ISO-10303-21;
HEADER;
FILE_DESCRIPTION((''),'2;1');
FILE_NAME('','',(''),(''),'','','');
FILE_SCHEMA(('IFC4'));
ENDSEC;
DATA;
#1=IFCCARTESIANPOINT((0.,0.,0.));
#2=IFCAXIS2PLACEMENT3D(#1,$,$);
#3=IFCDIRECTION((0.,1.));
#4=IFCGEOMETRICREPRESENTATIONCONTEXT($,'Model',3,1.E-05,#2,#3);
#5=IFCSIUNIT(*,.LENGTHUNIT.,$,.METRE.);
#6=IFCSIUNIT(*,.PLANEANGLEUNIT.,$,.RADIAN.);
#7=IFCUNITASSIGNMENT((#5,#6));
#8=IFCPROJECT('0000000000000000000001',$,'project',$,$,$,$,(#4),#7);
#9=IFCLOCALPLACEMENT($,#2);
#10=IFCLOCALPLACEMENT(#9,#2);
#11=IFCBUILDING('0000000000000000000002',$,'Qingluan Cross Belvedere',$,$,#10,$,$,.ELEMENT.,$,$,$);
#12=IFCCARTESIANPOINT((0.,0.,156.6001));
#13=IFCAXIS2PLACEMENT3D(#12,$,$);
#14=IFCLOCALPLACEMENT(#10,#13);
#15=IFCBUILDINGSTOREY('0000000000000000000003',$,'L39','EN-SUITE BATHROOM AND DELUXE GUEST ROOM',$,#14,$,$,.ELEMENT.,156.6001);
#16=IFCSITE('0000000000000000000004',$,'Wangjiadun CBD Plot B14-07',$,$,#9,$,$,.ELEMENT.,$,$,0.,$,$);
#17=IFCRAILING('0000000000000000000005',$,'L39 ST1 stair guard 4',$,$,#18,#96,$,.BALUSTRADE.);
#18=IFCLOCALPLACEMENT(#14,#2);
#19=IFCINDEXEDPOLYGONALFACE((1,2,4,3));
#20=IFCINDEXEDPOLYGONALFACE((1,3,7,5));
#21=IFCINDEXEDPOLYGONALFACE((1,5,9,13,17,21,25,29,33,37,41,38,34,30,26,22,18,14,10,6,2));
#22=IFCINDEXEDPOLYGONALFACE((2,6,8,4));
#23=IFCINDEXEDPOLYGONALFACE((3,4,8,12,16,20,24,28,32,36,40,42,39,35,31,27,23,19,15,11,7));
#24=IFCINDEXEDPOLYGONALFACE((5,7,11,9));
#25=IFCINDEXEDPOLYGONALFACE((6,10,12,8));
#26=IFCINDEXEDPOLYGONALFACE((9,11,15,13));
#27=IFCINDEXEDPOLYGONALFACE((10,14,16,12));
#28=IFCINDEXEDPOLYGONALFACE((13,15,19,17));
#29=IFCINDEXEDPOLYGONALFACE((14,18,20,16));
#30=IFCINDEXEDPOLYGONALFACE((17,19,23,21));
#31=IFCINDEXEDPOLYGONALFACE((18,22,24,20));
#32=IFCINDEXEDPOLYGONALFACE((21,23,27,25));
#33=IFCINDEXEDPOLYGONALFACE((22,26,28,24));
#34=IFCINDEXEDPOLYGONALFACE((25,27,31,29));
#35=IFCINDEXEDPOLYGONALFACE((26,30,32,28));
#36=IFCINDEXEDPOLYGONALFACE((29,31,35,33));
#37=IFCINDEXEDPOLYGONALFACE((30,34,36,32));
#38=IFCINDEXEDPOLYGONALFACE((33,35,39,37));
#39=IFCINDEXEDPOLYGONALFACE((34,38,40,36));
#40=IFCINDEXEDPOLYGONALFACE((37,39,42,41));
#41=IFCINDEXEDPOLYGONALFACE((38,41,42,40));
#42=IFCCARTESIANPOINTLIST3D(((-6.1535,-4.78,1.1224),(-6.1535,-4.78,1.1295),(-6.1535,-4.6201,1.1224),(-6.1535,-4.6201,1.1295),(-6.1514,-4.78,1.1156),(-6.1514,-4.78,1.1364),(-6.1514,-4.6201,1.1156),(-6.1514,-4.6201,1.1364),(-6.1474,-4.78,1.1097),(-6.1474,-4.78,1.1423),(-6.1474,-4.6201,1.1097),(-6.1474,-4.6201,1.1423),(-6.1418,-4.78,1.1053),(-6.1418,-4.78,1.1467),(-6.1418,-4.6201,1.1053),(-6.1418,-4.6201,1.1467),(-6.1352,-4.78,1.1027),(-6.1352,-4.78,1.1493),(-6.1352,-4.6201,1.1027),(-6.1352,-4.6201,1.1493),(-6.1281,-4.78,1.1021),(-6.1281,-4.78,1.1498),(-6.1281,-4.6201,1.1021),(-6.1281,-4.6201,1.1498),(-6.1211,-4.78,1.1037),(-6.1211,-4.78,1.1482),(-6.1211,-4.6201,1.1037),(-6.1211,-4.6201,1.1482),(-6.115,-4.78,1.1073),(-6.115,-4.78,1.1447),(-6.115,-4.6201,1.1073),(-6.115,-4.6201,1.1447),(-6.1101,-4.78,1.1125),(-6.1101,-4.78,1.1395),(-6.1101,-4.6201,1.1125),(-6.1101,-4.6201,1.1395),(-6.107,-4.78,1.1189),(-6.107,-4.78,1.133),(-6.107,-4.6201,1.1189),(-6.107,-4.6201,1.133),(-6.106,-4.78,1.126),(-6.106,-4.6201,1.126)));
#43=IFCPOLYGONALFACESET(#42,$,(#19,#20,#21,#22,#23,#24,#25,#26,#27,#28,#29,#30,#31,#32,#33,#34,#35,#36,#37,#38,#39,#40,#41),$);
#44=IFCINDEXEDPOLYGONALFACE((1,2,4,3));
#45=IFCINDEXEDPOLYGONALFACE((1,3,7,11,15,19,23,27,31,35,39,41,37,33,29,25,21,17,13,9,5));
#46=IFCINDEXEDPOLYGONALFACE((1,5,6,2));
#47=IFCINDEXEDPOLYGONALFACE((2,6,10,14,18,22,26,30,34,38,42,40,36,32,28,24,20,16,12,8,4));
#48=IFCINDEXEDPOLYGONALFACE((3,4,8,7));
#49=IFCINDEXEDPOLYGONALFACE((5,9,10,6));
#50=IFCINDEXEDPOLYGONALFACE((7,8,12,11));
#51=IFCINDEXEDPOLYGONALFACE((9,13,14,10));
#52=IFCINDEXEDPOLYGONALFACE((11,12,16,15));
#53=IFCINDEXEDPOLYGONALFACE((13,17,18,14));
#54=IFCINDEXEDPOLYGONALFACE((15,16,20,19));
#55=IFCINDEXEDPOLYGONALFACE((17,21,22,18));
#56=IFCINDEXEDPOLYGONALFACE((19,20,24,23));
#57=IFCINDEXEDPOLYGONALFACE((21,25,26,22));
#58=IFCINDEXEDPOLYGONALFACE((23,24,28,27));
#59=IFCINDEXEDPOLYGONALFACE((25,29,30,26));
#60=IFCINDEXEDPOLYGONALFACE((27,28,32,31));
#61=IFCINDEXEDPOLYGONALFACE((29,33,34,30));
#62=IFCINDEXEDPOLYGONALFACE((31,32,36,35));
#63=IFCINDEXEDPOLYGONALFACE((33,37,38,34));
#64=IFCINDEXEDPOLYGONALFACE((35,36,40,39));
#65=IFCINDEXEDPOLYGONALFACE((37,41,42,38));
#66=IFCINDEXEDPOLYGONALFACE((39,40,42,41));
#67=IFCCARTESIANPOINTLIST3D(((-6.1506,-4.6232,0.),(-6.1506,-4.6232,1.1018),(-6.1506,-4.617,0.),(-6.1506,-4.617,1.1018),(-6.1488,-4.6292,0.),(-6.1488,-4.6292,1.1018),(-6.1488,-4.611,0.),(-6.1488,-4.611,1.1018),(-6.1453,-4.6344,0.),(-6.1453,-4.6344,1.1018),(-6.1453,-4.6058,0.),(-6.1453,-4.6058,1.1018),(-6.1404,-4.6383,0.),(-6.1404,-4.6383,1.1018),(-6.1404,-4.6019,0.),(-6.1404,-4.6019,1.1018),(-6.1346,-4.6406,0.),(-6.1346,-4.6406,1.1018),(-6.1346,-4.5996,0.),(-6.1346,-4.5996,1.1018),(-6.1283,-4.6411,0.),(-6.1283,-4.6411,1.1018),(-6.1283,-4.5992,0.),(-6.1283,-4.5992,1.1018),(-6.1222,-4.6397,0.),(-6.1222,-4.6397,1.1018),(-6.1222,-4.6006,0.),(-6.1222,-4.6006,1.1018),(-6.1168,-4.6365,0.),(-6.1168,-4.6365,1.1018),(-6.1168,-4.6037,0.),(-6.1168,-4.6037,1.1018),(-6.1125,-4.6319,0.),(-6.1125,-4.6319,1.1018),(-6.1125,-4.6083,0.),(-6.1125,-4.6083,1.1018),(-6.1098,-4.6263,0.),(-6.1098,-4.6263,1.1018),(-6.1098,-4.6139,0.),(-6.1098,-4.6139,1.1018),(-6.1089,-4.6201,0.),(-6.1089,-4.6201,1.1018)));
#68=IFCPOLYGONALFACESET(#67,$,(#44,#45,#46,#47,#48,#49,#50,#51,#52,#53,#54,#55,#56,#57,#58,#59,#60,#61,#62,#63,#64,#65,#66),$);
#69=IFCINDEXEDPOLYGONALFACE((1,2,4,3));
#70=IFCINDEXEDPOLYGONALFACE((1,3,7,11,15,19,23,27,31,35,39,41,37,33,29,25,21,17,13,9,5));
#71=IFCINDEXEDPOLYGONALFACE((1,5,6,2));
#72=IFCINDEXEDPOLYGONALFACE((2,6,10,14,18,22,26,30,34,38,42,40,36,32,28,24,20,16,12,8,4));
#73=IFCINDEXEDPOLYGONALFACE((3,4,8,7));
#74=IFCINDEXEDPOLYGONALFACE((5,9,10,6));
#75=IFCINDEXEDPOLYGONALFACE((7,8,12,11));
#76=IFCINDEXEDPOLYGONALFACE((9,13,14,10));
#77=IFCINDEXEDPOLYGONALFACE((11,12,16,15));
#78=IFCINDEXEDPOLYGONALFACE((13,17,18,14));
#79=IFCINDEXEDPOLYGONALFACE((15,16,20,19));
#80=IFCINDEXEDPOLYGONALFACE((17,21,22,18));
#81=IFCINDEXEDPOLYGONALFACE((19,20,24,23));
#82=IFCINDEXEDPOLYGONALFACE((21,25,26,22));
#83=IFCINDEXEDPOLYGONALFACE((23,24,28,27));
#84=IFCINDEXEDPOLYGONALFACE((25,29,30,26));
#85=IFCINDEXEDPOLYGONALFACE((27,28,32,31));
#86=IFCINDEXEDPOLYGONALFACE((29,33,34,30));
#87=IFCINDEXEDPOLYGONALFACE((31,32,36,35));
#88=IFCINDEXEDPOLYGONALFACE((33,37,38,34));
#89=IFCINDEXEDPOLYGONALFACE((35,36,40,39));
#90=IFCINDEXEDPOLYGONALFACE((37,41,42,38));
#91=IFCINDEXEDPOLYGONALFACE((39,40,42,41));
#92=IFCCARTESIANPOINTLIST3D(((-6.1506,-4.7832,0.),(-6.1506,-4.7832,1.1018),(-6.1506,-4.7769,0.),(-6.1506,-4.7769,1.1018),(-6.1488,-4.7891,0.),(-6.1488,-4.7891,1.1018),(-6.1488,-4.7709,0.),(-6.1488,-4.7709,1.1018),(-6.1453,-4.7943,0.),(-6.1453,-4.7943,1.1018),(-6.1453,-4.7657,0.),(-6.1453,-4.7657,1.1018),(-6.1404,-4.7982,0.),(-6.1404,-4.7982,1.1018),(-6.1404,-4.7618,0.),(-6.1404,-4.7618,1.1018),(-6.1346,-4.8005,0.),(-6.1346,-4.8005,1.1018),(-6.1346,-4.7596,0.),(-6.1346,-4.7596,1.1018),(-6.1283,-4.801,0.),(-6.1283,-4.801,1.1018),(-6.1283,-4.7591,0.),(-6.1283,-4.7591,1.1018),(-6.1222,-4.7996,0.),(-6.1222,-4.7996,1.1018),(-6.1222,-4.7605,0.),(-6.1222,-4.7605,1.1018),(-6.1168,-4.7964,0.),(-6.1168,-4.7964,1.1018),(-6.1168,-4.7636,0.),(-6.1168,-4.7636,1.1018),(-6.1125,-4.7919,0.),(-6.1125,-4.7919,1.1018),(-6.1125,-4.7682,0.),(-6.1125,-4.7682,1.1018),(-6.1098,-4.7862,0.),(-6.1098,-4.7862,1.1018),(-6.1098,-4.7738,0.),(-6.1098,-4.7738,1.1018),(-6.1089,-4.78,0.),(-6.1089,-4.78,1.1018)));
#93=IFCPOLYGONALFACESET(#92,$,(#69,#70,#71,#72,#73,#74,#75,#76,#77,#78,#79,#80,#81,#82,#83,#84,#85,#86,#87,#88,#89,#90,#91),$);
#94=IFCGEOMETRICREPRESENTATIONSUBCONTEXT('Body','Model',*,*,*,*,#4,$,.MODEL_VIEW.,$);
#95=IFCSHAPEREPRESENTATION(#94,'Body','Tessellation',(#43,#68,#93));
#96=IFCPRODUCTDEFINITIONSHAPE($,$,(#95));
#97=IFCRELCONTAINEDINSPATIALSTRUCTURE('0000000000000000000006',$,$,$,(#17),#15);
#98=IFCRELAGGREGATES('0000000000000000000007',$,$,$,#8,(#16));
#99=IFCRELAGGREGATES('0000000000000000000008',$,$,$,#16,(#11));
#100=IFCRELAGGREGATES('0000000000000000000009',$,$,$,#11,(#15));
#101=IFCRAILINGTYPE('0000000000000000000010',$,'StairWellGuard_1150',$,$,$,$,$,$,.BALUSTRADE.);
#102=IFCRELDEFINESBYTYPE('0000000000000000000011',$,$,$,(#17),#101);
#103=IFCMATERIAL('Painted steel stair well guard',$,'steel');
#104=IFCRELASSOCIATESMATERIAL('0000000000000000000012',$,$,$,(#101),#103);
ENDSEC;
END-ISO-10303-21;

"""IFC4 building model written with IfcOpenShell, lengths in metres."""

from ifc_helpers import new_model, si_unit, direction, frame, origin, origin_2d, place, context, subcontext, project, spatial, circle, extrude, material, type_object, element, save


model = new_model("IFC4")

# Units and contexts
model_context = context("Model", 3, precision=1e-05, world=origin(), true_north=direction((0.0, 1.0)))
body_context = subcontext(model_context, "Body", "Model", "MODEL_VIEW")
ifc_project = project(units=[si_unit("LENGTHUNIT", "METRE"), si_unit("PLANEANGLEUNIT", "RADIAN")], contexts=[model_context])

# Site, building, storey
site_placement = place(None, origin())
site = spatial("IfcSite", under=ifc_project, at=site_placement, Name="Wangjiadun CBD Plot B14-07", CompositionType="ELEMENT", RefElevation=0.0)
building_placement = place(site_placement, origin())
building = spatial("IfcBuilding", under=site, at=building_placement, Name="Qingluan Cross Belvedere", CompositionType="ELEMENT")
storey_placement = place(building_placement, frame((0.0, 0.0, 156.6001)))
storey = spatial("IfcBuildingStorey", under=building, at=storey_placement, Name="L39", Description="EN-SUITE BATHROOM AND DELUXE GUEST ROOM", CompositionType="ELEMENT", Elevation=156.6001)

# Railing
ifc_material_1 = material(Name="Painted steel stair well guard", Category="steel")
railing_type_1 = type_object("IfcRailingType", Name="StairWellGuard_1150", PredefinedType="BALUSTRADE", material=ifc_material_1)
railing_1_placement = place(storey_placement, frame((-6.1299, -4.6201, 0.0)))
element("IfcRailing", 1, at=railing_1_placement, inside=storey, type_object=railing_type_1, Name="L39 ST1 stair guard 4", PredefinedType="BALUSTRADE", context=body_context, shape_type="SweptSolid", body=[
    extrude(circle(Radius=0.0239, at=origin_2d()), frame((0.0, 0.0, 1.126), z_axis=(0.0, -1.0, 0.0), x_axis=(1.0, 0.0, 0.0)), (0.0, 0.0, 1.0), 0.1599),
    extrude(circle(Radius=0.021, at=origin_2d()), origin(), (0.0, 0.0, 1.0), 1.1018),
    extrude(circle(Radius=0.021, at=origin_2d()), frame((0.0, -0.1599, 0.0)), (0.0, 0.0, 1.0), 1.1018),
])

save(model, "model.ifc")
